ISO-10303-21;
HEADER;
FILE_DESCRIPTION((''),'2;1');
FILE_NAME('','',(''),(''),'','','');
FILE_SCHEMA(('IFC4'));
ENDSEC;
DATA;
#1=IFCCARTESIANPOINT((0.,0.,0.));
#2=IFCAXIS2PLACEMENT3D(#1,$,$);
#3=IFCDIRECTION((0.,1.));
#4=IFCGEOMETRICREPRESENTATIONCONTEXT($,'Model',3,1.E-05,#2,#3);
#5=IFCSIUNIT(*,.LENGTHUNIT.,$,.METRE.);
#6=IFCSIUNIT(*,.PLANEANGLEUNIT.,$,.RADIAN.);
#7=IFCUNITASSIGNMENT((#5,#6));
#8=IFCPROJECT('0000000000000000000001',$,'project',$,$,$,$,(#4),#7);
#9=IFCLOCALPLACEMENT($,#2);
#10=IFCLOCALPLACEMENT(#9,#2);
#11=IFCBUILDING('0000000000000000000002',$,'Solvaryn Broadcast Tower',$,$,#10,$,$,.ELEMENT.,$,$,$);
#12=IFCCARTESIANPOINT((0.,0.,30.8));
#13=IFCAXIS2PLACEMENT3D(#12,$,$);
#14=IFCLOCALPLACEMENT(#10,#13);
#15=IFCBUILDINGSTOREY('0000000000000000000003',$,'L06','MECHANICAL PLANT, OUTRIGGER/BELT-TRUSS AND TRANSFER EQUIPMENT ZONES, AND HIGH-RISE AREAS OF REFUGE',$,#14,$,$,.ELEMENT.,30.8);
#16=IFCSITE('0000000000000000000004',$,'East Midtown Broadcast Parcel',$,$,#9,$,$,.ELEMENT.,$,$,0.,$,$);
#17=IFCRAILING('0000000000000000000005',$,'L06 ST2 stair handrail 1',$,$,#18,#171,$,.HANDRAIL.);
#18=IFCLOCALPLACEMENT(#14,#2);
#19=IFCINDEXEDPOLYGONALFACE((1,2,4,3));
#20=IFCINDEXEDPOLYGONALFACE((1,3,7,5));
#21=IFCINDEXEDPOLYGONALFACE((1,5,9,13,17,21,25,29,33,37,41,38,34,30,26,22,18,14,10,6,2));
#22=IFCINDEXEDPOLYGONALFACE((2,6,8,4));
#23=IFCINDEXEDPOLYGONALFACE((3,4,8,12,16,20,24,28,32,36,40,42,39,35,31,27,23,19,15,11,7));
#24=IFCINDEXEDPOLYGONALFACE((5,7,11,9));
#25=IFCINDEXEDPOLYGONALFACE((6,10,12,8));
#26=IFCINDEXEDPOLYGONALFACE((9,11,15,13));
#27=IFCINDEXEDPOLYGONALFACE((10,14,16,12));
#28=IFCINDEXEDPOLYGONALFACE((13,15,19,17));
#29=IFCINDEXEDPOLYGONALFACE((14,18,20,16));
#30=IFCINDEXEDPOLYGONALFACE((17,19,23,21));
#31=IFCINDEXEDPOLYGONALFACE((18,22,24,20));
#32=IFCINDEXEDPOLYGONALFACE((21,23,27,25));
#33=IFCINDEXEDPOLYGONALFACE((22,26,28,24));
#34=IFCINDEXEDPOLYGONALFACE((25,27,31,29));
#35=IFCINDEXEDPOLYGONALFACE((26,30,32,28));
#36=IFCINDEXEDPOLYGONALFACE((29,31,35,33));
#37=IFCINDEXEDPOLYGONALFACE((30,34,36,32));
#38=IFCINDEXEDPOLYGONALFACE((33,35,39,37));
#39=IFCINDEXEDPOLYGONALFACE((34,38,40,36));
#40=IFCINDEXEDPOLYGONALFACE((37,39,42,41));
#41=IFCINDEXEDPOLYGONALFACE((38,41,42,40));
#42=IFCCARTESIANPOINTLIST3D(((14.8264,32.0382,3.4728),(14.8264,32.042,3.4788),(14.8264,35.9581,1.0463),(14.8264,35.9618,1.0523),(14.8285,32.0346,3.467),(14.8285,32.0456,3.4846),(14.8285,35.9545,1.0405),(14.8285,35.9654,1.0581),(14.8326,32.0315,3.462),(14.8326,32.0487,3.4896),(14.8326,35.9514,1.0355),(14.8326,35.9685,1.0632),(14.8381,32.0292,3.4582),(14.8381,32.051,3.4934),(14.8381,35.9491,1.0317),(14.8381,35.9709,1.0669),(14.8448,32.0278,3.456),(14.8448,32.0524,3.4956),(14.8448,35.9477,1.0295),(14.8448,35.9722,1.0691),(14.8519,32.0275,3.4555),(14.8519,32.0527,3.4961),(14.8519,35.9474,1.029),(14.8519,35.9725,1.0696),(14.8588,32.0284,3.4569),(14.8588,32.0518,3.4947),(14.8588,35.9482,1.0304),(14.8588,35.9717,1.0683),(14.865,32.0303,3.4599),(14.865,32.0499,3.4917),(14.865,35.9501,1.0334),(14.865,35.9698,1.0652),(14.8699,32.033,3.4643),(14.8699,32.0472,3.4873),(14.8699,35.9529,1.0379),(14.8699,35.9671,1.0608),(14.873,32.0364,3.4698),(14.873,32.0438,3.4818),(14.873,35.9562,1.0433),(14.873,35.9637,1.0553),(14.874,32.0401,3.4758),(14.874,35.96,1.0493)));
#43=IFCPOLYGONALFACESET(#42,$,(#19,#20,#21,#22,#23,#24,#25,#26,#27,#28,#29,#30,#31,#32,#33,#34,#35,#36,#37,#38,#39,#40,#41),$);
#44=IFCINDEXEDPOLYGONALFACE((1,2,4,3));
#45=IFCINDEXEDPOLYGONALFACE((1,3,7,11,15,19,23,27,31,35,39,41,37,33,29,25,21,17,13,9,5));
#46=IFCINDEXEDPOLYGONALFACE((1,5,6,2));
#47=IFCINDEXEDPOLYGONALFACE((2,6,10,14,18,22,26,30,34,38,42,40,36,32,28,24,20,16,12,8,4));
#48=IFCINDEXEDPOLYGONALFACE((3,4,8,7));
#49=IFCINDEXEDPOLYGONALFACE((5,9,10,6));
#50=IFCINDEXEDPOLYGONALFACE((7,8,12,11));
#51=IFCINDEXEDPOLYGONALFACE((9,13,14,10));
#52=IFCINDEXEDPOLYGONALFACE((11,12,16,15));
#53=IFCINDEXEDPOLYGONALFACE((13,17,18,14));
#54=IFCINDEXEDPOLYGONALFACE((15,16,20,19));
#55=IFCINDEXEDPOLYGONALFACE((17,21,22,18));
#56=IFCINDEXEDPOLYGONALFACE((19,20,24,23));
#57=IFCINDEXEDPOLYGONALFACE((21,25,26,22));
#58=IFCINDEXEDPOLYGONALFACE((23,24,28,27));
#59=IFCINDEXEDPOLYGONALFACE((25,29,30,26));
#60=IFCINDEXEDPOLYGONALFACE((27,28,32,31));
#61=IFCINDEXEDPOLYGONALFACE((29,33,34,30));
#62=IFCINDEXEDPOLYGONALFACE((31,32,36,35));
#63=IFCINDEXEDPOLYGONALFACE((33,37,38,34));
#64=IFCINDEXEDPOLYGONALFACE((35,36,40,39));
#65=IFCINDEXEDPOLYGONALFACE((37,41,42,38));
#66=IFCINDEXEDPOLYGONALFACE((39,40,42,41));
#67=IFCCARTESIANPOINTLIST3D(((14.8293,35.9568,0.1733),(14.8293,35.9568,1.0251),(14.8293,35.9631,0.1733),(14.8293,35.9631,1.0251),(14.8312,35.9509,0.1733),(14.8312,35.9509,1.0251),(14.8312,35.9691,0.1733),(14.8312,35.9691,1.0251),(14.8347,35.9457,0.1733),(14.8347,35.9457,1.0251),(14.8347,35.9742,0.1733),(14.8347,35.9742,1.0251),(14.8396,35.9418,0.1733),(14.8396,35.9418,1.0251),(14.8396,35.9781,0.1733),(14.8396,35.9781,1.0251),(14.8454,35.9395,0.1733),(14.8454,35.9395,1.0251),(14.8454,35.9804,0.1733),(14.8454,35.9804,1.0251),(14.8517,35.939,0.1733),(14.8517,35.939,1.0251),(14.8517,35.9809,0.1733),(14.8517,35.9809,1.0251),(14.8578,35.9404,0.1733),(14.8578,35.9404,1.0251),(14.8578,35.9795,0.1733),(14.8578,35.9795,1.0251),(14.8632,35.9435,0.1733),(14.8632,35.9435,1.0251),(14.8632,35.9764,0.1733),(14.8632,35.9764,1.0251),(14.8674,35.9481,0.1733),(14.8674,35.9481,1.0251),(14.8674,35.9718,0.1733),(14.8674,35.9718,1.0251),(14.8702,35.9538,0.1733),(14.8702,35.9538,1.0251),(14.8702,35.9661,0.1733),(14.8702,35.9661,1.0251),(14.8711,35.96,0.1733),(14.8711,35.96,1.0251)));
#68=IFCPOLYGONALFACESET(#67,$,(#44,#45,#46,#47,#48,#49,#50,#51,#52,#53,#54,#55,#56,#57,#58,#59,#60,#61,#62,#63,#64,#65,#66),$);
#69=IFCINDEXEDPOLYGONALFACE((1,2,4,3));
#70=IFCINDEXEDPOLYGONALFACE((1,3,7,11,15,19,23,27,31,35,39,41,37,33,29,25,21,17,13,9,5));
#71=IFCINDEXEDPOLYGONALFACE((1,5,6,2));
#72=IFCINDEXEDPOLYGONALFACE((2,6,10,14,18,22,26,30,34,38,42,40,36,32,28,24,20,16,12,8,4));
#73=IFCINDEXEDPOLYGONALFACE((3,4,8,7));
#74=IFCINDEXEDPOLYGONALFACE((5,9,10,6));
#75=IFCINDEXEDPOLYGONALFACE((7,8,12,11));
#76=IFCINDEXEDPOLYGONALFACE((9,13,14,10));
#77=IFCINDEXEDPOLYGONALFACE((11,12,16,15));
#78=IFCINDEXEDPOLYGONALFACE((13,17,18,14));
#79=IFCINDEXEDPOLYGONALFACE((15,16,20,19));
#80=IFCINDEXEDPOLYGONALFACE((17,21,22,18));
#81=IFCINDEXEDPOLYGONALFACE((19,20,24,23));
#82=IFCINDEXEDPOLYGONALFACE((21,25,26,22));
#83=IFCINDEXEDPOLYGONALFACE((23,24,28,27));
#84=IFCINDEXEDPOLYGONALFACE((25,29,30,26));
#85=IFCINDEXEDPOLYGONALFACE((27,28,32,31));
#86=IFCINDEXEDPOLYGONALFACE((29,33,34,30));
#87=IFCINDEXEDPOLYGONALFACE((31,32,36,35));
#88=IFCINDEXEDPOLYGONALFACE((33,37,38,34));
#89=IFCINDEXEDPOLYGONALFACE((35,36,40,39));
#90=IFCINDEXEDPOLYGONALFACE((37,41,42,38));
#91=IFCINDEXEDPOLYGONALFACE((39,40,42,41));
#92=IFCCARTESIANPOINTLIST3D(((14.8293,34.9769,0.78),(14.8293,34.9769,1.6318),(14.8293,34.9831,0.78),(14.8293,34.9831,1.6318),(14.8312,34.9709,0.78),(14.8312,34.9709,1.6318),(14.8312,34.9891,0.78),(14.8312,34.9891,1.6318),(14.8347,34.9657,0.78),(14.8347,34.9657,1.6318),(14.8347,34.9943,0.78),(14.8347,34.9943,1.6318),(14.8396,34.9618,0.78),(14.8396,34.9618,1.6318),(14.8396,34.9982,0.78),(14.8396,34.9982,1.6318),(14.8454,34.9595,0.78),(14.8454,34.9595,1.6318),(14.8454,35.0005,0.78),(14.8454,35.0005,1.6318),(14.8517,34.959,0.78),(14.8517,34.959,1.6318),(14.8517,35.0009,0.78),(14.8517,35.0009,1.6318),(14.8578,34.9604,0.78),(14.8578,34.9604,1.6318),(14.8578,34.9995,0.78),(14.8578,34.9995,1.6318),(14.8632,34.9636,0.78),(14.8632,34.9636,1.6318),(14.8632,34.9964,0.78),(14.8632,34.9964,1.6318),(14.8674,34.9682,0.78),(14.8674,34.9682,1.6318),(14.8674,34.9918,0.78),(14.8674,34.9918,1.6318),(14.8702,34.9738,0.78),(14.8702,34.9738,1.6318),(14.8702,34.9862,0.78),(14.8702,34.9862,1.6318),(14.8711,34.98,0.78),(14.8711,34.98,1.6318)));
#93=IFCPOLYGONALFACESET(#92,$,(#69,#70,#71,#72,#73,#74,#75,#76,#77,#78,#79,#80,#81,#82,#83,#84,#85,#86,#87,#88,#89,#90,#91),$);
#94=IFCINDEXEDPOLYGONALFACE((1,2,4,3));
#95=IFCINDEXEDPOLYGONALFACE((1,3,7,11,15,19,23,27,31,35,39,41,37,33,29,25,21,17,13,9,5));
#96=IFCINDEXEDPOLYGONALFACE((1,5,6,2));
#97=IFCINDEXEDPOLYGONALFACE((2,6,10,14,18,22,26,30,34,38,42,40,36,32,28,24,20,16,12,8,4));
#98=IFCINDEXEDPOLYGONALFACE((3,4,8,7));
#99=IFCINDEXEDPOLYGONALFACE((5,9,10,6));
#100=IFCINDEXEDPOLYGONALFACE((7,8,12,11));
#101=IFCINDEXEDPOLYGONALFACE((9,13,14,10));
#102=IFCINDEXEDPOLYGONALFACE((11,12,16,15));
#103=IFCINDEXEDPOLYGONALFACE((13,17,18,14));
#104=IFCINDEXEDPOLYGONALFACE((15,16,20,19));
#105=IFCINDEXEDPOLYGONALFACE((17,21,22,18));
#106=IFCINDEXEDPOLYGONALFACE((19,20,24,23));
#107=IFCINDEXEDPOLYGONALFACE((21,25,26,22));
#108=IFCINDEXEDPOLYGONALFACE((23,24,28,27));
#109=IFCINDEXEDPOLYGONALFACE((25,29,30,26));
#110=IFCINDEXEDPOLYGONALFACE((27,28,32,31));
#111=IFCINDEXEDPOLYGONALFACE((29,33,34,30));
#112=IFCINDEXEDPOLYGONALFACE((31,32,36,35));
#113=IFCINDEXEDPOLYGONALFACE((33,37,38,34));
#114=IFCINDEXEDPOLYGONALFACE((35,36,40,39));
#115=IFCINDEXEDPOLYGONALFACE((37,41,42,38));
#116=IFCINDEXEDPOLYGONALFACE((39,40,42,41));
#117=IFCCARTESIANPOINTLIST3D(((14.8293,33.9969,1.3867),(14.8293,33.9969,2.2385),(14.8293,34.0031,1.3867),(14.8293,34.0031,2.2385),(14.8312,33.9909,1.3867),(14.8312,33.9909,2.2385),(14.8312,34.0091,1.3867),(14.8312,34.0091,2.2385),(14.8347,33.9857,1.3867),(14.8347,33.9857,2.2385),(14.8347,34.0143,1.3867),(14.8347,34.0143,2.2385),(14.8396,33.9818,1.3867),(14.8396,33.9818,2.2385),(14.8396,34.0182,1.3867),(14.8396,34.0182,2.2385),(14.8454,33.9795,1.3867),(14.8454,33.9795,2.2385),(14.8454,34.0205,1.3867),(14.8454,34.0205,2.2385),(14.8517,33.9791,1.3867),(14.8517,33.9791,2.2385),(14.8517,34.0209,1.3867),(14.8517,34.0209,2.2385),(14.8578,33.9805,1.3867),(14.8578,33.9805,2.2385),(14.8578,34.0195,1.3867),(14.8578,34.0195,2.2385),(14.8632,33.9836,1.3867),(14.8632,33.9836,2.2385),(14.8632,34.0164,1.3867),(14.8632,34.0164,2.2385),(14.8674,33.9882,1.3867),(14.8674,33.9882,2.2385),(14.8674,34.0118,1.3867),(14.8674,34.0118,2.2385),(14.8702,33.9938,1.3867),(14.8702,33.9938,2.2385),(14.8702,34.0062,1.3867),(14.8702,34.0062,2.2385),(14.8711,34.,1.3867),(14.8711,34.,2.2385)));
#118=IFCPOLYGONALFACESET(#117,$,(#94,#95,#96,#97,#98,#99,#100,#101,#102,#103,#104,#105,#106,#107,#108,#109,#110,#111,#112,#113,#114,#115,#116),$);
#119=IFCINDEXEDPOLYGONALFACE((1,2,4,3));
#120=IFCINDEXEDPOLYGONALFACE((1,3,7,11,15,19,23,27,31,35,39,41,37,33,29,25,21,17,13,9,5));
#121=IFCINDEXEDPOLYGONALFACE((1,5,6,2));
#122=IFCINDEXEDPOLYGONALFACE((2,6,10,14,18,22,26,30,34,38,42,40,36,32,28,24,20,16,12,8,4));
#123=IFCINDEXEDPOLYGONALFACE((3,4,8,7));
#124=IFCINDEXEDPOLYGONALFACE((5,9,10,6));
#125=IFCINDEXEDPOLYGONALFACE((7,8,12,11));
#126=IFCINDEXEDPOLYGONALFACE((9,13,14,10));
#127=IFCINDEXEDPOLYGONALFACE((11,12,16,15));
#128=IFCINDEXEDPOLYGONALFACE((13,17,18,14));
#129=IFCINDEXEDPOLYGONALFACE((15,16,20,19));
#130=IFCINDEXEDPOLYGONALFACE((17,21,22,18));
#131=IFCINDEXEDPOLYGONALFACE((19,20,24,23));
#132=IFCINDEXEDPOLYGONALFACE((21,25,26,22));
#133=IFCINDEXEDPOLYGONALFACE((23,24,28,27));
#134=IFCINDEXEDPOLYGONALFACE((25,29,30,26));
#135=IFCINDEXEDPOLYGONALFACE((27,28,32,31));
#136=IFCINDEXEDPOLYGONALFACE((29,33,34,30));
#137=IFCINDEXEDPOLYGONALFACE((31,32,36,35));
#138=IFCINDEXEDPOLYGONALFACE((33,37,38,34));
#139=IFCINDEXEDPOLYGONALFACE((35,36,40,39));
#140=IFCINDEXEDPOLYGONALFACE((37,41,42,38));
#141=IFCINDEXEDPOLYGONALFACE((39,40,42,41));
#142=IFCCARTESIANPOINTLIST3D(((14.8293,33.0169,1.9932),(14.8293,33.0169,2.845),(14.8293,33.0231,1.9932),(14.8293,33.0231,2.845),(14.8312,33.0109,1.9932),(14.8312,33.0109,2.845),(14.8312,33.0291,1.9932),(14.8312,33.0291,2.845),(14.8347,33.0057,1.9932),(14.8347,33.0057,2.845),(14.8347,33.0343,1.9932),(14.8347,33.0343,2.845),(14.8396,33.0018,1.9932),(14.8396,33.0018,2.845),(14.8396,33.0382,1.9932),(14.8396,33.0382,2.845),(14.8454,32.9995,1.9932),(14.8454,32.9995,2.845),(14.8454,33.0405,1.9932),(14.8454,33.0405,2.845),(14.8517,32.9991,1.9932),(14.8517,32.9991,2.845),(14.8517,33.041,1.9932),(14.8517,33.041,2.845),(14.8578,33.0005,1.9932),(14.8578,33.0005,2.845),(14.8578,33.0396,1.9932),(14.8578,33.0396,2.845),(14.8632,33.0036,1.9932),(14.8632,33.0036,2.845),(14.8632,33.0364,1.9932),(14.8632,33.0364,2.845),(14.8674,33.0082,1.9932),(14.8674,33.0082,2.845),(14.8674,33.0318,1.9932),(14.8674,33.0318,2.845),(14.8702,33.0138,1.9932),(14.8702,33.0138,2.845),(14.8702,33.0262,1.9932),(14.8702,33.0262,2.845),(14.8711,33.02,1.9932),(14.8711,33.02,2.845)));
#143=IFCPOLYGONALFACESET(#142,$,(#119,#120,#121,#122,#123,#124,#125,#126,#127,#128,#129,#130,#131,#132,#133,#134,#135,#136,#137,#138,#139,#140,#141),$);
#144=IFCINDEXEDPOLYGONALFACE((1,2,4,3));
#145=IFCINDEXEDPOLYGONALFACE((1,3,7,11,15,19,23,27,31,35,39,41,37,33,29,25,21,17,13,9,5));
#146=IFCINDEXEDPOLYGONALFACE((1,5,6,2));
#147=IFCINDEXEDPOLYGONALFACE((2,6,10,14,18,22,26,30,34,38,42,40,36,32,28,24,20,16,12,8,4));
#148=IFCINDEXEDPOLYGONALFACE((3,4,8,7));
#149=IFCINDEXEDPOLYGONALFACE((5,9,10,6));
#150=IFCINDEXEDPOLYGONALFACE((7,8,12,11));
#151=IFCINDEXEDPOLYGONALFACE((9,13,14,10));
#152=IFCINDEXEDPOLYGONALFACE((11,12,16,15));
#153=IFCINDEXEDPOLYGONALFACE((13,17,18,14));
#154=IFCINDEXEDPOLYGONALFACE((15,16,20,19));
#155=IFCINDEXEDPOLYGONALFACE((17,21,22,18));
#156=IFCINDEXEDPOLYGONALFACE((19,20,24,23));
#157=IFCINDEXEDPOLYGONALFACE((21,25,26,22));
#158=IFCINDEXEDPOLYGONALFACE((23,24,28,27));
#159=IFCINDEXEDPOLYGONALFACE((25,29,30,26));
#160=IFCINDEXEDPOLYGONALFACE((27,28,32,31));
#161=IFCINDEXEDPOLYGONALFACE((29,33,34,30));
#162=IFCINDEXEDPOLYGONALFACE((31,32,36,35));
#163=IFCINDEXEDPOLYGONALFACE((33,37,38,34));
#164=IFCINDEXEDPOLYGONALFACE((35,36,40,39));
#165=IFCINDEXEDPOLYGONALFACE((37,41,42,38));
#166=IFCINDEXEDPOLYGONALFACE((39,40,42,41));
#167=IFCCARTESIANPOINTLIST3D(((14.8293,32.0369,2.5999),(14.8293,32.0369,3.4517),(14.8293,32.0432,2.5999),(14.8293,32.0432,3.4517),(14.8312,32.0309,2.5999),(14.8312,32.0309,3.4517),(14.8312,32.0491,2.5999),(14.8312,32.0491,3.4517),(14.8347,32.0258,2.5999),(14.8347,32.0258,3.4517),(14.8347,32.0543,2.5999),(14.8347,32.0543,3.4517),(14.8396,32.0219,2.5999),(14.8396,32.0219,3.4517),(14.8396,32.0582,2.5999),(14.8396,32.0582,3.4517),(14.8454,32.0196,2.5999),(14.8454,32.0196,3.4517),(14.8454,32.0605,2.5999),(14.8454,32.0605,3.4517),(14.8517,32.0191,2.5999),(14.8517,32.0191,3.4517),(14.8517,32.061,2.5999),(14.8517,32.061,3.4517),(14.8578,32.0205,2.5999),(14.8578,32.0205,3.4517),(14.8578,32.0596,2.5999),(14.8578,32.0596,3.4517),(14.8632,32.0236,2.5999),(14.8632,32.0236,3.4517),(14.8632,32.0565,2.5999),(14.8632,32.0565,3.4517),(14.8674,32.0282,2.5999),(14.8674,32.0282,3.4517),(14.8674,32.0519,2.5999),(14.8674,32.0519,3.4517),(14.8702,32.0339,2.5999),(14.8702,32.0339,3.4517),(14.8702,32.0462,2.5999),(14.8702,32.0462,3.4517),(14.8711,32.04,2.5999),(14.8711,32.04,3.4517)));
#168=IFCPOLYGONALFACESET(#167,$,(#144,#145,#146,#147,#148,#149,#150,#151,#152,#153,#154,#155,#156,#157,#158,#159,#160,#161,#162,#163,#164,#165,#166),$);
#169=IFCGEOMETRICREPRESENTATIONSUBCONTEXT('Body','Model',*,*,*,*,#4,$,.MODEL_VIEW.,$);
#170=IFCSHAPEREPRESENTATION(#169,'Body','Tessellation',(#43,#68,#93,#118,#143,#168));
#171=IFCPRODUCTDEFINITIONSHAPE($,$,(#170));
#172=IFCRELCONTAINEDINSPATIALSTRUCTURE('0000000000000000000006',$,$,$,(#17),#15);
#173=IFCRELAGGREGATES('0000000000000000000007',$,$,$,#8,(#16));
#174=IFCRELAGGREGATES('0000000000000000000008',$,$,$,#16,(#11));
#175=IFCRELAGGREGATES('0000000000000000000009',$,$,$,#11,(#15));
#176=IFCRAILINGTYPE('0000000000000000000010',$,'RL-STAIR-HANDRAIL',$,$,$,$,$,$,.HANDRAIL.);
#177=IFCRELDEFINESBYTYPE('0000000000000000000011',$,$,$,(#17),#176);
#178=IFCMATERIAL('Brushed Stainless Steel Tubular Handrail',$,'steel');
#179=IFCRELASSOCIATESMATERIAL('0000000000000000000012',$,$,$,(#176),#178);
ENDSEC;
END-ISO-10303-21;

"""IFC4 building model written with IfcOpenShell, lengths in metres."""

from ifc_helpers import new_model, si_unit, direction, frame, origin, origin_2d, place, context, subcontext, project, spatial, circle, extrude, material, type_object, element, save


model = new_model("IFC4")

# Units and contexts
model_context = context("Model", 3, precision=1e-05, world=origin(), true_north=direction((0.0, 1.0)))
body_context = subcontext(model_context, "Body", "Model", "MODEL_VIEW")
ifc_project = project(units=[si_unit("LENGTHUNIT", "METRE"), si_unit("PLANEANGLEUNIT", "RADIAN")], contexts=[model_context])

# Site, building, storey
site_placement = place(None, origin())
site = spatial("IfcSite", under=ifc_project, at=site_placement, Name="East Midtown Broadcast Parcel", CompositionType="ELEMENT", RefElevation=0.0)
building_placement = place(site_placement, origin())
building = spatial("IfcBuilding", under=site, at=building_placement, Name="Solvaryn Broadcast Tower", CompositionType="ELEMENT")
storey_placement = place(building_placement, frame((0.0, 0.0, 30.8)))
storey = spatial("IfcBuildingStorey", under=building, at=storey_placement, Name="L06", Description="MECHANICAL PLANT, OUTRIGGER/BELT-TRUSS AND TRANSFER EQUIPMENT ZONES, AND HIGH-RISE AREAS OF REFUGE", CompositionType="ELEMENT", Elevation=30.8)

# Railing
ifc_material_1 = material(Name="Brushed Stainless Steel Tubular Handrail", Category="steel")
railing_type_1 = type_object("IfcRailingType", Name="RL-STAIR-HANDRAIL", PredefinedType="HANDRAIL", material=ifc_material_1)
railing_1_placement = place(storey_placement, frame((14.8501, 35.96, 0.1733)))
element("IfcRailing", 1, at=railing_1_placement, inside=storey, type_object=railing_type_1, Name="L06 ST2 stair handrail 1", PredefinedType="HANDRAIL", context=body_context, shape_type="SweptSolid", body=[
    extrude(circle(Radius=0.0239, at=origin_2d()), frame((0.0, 0.0, 0.876), z_axis=(0.0, -0.850275, 0.526338), x_axis=(1.0, 0.0, 0.0)), (0.0, 0.0, 1.0), 4.6101),
    extrude(circle(Radius=0.021, at=origin_2d()), origin(), (0.0, 0.0, 1.0), 0.8518),
    extrude(circle(Radius=0.021, at=origin_2d()), frame((0.0, -0.98, 0.6067)), (0.0, 0.0, 1.0), 0.8518),
    extrude(circle(Radius=0.021, at=origin_2d()), frame((0.0, -1.96, 1.2134)), (0.0, 0.0, 1.0), 0.8518),
    extrude(circle(Radius=0.021, at=origin_2d()), frame((0.0, -2.9399, 1.8198)), (0.0, 0.0, 1.0), 0.8518),
    extrude(circle(Radius=0.021, at=origin_2d()), frame((0.0, -3.9199, 2.4265)), (0.0, 0.0, 1.0), 0.8518),
])

save(model, "model.ifc")
